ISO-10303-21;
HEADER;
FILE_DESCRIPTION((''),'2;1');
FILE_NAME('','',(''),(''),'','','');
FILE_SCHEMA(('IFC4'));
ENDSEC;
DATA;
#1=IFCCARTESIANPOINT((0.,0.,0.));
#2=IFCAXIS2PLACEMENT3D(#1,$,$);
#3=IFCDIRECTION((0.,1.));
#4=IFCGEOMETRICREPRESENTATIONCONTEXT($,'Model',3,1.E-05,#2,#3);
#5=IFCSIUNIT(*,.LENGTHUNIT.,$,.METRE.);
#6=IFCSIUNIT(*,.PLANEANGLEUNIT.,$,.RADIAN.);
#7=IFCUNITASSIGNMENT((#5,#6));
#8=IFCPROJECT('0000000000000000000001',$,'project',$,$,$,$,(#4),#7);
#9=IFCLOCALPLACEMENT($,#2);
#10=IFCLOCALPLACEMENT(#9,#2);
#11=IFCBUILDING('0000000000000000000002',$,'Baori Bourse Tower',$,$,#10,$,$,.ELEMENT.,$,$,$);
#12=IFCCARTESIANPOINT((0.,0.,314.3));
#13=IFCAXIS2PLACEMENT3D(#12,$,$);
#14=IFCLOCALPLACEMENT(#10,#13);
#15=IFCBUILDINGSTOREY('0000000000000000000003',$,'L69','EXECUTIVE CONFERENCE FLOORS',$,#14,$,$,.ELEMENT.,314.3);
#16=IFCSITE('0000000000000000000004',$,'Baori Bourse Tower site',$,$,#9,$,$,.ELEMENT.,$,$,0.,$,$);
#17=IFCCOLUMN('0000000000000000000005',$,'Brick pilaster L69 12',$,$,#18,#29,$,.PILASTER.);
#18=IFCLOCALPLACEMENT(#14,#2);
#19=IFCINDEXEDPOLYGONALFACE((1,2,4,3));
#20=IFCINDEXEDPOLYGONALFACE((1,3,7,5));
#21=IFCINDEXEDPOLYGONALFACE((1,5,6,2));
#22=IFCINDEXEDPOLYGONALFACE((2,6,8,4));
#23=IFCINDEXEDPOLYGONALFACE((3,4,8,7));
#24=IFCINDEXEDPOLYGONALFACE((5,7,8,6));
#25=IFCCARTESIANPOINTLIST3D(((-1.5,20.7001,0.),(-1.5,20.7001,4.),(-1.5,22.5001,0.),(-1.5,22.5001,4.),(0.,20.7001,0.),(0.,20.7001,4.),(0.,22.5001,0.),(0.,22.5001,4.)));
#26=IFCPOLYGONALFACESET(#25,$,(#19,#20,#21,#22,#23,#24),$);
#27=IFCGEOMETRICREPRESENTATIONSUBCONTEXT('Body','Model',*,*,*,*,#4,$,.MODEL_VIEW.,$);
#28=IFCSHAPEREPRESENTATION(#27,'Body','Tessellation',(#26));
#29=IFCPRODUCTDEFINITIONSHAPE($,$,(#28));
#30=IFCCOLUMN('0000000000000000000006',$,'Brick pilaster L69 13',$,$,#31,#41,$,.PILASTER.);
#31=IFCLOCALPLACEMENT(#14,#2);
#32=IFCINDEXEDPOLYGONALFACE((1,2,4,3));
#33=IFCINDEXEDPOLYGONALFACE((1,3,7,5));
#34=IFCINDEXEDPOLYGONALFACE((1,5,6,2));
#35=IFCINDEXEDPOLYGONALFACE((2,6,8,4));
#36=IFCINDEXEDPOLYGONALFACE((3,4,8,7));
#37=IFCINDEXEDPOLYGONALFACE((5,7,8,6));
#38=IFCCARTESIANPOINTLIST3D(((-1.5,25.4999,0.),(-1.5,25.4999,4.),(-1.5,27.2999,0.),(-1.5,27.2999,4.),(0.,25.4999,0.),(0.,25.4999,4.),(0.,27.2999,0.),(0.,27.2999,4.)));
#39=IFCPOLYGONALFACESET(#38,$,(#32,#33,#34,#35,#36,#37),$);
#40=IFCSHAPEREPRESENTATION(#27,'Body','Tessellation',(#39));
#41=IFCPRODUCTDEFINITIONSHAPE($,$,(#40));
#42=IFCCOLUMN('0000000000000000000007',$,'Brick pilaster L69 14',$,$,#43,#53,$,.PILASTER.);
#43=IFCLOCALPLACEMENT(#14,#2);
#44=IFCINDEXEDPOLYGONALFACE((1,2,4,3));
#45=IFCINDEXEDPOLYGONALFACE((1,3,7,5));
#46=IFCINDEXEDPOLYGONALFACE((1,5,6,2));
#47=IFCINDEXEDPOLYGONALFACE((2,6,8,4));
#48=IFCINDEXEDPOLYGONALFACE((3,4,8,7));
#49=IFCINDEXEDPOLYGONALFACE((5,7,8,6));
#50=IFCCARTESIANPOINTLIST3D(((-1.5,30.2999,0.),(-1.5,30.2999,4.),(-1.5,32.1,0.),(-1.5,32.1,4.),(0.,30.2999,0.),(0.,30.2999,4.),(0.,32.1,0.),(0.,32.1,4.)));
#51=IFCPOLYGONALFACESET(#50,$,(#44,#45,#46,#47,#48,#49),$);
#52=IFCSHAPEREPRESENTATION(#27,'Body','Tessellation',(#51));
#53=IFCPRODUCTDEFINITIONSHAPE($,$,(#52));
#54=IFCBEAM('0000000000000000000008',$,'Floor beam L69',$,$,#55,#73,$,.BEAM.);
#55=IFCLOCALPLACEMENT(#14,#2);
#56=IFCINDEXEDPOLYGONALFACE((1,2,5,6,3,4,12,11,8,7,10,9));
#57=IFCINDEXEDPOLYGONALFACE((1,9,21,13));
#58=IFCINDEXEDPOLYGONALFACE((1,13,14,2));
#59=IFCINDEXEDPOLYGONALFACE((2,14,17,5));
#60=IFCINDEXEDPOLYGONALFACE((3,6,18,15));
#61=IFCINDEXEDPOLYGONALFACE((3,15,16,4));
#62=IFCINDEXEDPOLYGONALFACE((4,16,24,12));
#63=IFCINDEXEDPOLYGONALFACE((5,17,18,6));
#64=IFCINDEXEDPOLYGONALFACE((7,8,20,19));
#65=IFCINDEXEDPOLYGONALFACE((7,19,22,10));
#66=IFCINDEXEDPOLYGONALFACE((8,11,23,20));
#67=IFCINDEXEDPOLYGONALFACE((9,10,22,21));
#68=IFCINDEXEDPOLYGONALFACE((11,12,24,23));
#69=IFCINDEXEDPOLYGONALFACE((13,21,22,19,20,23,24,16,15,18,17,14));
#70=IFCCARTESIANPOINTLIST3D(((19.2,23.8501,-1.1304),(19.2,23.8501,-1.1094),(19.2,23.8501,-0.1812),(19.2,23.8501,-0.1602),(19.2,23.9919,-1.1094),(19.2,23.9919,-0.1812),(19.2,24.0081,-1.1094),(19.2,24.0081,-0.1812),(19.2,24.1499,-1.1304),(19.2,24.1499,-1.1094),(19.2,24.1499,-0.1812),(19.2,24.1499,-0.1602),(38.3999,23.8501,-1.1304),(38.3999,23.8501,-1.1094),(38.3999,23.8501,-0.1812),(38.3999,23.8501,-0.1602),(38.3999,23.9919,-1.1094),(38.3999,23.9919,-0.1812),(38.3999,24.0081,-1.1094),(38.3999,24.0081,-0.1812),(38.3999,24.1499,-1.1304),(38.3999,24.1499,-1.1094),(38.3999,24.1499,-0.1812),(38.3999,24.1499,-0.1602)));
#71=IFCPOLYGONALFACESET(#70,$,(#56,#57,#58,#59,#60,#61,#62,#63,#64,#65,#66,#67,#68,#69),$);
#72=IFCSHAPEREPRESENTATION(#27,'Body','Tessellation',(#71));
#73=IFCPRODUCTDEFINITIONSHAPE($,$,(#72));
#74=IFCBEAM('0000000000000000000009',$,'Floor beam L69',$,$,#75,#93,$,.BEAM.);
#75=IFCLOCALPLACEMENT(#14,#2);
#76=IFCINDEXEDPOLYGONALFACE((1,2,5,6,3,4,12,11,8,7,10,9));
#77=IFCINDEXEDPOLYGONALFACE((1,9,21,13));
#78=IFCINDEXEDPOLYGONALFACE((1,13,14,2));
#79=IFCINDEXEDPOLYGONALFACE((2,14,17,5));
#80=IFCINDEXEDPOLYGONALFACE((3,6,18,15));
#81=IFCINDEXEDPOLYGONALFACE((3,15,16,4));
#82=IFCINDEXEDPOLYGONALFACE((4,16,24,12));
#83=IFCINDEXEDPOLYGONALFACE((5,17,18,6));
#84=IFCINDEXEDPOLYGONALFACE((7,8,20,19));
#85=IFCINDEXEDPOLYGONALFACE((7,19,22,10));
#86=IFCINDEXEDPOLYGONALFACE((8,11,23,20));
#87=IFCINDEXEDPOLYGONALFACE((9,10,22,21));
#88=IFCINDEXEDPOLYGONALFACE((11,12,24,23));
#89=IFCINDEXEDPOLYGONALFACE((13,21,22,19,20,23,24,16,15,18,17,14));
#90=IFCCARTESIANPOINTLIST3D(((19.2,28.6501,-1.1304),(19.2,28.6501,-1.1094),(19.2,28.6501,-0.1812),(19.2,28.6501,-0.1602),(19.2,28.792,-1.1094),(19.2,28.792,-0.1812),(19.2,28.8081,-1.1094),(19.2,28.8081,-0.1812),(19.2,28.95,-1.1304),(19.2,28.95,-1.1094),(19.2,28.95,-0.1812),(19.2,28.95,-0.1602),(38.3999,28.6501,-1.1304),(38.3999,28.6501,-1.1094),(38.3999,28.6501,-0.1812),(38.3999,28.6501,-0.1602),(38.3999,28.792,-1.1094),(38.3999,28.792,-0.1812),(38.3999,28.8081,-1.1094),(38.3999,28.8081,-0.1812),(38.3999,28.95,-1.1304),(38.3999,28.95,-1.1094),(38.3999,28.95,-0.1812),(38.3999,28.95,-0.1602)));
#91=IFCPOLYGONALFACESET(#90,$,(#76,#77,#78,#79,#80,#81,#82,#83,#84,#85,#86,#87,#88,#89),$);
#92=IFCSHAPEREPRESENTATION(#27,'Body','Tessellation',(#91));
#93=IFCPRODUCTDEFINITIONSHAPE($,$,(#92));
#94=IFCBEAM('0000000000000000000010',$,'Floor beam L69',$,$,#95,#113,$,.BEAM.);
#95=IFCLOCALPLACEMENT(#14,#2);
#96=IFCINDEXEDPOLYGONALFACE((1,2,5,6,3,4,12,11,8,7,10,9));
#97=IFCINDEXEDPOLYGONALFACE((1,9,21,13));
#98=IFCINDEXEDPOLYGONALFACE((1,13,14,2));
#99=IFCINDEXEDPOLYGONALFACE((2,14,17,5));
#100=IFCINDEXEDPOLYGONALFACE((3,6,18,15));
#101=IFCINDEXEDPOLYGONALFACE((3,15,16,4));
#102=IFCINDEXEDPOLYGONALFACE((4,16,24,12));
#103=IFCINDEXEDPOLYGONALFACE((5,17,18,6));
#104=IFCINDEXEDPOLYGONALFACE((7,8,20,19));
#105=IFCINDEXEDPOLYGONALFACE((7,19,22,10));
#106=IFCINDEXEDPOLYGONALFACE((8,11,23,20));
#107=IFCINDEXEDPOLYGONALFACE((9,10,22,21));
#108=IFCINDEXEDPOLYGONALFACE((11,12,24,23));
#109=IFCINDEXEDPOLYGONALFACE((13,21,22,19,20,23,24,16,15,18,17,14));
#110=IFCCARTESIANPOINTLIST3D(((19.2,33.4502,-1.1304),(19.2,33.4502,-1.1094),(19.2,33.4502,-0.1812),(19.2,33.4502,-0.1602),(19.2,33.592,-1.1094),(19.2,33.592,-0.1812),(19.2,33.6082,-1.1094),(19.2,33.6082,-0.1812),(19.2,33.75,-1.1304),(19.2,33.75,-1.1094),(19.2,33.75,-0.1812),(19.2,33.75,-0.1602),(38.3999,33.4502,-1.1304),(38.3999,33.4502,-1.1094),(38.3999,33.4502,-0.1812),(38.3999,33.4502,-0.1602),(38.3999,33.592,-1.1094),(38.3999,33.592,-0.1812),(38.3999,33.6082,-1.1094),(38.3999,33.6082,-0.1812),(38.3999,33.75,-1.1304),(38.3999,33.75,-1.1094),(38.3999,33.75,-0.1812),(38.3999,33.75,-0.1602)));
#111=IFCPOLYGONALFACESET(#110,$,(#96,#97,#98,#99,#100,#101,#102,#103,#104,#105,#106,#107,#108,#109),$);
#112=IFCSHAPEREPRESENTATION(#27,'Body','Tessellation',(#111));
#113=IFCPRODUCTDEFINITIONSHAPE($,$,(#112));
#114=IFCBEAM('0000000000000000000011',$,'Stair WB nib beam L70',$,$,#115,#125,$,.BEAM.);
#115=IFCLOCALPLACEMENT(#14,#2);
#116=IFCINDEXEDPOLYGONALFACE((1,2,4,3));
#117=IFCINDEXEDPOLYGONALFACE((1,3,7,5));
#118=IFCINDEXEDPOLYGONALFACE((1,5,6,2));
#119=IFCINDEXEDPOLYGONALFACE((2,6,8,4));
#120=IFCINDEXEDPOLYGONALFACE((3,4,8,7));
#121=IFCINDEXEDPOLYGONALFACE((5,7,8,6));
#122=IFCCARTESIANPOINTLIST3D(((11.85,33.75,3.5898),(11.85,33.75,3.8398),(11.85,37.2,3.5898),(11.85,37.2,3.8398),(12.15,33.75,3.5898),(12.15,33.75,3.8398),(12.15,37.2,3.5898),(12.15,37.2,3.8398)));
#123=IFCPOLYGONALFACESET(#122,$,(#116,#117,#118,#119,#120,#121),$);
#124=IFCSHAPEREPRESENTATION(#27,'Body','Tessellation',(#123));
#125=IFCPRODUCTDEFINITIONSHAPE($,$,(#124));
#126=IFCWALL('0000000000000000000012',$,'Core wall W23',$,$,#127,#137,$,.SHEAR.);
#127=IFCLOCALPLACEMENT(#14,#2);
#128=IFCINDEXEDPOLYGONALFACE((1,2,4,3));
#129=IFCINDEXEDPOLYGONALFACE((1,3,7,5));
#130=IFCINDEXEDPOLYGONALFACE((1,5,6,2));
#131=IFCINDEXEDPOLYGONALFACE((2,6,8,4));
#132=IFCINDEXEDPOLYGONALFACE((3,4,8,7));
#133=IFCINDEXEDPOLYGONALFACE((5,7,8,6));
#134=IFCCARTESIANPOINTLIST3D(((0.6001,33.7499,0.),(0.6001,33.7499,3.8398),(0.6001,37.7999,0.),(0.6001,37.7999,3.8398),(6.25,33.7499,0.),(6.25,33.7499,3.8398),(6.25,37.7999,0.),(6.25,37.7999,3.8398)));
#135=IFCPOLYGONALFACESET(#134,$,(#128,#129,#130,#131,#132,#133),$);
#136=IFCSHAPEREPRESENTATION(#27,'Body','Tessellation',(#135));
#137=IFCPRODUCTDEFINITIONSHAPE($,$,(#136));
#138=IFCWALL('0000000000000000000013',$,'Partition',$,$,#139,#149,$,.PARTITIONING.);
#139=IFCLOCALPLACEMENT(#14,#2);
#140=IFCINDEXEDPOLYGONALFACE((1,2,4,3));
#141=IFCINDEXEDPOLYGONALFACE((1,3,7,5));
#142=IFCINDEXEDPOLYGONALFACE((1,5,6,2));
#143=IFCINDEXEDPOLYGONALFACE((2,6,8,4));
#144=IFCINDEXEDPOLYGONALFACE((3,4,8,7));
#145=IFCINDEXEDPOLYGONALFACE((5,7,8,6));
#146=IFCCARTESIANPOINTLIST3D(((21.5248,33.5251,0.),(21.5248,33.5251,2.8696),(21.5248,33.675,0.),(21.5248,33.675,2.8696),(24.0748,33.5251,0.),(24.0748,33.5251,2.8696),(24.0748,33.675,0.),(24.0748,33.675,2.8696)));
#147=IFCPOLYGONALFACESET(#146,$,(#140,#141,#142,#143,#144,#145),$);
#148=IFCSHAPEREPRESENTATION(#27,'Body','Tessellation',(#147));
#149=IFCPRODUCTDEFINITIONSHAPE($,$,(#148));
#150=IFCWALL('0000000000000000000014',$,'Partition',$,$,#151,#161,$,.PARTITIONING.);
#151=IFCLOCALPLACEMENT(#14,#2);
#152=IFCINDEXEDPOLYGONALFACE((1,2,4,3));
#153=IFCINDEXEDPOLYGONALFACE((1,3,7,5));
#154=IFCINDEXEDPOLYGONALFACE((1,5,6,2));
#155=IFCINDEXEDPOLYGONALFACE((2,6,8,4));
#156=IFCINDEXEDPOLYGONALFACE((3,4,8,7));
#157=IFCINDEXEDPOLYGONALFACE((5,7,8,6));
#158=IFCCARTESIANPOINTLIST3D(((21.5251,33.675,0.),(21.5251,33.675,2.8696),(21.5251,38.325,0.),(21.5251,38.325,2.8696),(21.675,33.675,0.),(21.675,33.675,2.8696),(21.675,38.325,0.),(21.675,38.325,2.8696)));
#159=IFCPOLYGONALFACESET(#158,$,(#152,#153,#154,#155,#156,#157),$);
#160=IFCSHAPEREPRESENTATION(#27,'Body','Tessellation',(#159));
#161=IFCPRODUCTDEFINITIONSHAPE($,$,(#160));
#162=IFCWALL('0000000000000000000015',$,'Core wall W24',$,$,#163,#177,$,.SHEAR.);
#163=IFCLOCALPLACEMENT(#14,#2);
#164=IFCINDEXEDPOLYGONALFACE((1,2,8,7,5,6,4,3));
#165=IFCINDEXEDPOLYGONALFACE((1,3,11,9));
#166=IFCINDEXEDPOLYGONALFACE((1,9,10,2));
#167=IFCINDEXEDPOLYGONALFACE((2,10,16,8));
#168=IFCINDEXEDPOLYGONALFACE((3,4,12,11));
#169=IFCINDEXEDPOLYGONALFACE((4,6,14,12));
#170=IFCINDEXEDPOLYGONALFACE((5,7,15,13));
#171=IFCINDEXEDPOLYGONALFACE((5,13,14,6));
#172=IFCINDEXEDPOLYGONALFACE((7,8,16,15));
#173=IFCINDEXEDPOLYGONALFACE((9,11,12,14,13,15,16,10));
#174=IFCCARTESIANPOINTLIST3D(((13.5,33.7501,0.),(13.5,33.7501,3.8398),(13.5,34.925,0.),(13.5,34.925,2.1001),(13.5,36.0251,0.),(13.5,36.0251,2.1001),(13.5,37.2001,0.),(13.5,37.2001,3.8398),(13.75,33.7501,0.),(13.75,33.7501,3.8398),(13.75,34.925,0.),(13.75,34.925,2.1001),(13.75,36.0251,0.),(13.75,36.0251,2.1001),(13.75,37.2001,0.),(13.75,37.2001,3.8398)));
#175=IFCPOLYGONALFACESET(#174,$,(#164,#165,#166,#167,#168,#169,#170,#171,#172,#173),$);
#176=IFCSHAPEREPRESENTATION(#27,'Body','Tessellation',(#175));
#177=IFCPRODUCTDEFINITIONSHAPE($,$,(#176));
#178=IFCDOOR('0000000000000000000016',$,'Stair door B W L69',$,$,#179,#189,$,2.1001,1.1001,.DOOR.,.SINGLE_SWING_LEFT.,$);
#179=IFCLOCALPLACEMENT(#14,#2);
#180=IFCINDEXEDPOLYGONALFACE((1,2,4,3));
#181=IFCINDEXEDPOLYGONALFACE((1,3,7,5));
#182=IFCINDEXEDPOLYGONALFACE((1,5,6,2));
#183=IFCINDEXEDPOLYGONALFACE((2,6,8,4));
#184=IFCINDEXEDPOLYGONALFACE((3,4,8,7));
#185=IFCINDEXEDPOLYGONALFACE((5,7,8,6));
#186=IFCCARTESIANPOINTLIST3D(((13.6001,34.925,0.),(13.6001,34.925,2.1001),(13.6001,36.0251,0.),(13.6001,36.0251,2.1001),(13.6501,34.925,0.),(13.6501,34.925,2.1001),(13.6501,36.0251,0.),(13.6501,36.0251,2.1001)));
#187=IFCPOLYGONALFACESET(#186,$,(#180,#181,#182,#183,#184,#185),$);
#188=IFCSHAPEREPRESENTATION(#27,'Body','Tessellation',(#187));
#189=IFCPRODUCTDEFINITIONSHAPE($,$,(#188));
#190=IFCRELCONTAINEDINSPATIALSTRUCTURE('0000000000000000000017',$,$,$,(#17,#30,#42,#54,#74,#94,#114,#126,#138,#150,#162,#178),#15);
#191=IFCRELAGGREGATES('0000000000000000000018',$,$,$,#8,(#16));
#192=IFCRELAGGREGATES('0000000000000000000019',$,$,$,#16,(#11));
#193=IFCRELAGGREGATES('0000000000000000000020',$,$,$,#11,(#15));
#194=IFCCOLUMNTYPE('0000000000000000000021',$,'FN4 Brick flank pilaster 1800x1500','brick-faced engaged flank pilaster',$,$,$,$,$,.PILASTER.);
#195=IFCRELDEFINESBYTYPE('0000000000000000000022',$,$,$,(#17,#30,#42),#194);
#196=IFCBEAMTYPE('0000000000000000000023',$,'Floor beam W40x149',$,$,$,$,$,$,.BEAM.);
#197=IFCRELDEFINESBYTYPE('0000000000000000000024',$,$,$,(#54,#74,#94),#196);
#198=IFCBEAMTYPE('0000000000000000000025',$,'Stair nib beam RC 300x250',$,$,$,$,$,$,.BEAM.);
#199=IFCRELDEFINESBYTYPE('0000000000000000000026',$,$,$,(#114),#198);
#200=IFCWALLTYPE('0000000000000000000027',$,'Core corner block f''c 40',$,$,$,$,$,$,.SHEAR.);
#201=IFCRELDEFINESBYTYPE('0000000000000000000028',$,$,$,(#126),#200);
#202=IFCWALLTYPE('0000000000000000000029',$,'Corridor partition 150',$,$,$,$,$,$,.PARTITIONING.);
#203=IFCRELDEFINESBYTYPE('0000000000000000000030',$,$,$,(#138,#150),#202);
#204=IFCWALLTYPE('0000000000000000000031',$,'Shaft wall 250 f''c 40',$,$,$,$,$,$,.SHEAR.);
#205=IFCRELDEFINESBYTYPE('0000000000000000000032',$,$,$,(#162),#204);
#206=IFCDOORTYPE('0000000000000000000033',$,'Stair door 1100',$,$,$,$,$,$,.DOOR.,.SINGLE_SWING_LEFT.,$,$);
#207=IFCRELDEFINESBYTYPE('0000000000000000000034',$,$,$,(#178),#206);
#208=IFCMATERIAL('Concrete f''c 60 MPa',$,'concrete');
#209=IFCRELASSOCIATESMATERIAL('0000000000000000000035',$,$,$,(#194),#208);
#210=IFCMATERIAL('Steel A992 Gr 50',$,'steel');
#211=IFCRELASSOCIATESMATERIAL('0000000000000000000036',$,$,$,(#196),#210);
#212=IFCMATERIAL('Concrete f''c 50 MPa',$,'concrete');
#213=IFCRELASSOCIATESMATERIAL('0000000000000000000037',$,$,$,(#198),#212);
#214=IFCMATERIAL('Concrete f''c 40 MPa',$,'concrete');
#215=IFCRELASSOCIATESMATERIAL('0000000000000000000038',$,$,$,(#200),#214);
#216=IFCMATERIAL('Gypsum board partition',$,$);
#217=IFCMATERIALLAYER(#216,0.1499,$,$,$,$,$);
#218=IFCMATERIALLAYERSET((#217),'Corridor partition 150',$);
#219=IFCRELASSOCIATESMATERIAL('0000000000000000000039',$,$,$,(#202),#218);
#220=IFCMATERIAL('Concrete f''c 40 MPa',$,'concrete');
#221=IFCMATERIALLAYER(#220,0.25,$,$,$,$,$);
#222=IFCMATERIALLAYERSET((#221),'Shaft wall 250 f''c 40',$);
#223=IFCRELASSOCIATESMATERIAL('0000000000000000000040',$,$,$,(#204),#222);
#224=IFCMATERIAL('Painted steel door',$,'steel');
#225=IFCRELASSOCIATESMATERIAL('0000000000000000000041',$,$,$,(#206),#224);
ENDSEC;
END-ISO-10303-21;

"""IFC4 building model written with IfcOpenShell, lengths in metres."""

from ifc_helpers import new_model, si_unit, direction, frame, frame_2d, origin, origin_2d, place, context, subcontext, project, spatial, rectangle, i_section, extrude, material, layer, layer_set, material_profile, profile_set, type_object, element, fill, save


model = new_model("IFC4")

# Units and contexts
model_context = context("Model", 3, precision=1e-05, world=origin(), true_north=direction((0.0, 1.0)))
body_context = subcontext(model_context, "Body", "Model", "MODEL_VIEW")
ifc_project = project(units=[si_unit("LENGTHUNIT", "METRE"), si_unit("PLANEANGLEUNIT", "RADIAN")], contexts=[model_context])

# Site, building, storey
site_placement = place(None, origin())
site = spatial("IfcSite", under=ifc_project, at=site_placement, Name="Baori Bourse Tower site", CompositionType="ELEMENT", RefElevation=0.0)
building_placement = place(site_placement, origin())
building = spatial("IfcBuilding", under=site, at=building_placement, Name="Baori Bourse Tower", CompositionType="ELEMENT")
storey_placement = place(building_placement, frame((0.0, 0.0, 314.3)))
storey = spatial("IfcBuildingStorey", under=building, at=storey_placement, Name="L69", Description="EXECUTIVE CONFERENCE FLOORS", CompositionType="ELEMENT", Elevation=314.3)

# Columns
ifc_material_1 = material(Name="Concrete f'c 60 MPa", Category="concrete")
ifc_material_profile_1 = material_profile(ifc_material_1, rectangle(XDim=1.8, YDim=1.5, at=origin_2d()), Name="RC 1800x1500")
ifc_profile_set_1 = profile_set([ifc_material_profile_1], Name="Concrete f'c 60 MPa")
column_type = type_object("IfcColumnType", Name="FN4 Brick flank pilaster 1800x1500", Description="brick-faced engaged flank pilaster", PredefinedType="PILASTER", material=ifc_profile_set_1)
for number, where, z_axis, x_axis, name in (
    (1, (-0.75, 21.6001, 0.0), (0.0, 0.0, 1.0), (0.0, 1.0, 0.0), "Brick pilaster L69 12"),
    (2, (-0.75, 26.3999, 0.0), (0.0, 0.0, 1.0), (0.0, 1.0, 0.0), "Brick pilaster L69 13"),
    (3, (-0.75, 31.2, 0.0), (0.0, 0.0, 1.0), (0.0, 1.0, 0.0), "Brick pilaster L69 14"),
):
    element("IfcColumn", number, at=place(storey_placement, frame(where, z_axis=z_axis, x_axis=x_axis)), inside=storey, type_object=column_type, Name=name, PredefinedType="PILASTER", context=body_context, shape_type="SweptSolid", body=[
        extrude(rectangle(XDim=1.8, YDim=1.5, at=origin_2d()), origin(), (0.0, 0.0, 1.0), 4.0),
    ])

# Beams
ifc_material_2 = material(Name="Steel A992 Gr 50", Category="steel")
ifc_material_profile_2 = material_profile(ifc_material_2, i_section(OverallWidth=0.2998, OverallDepth=0.9702, WebThickness=0.0161, FlangeThickness=0.021, at=origin_2d()), Name="W40x149")
ifc_profile_set_2 = profile_set([ifc_material_profile_2], Name="Steel A992 Gr 50")
beam_type_1 = type_object("IfcBeamType", Name="Floor beam W40x149", PredefinedType="BEAM", material=ifc_profile_set_2)
for number, where, z_axis, x_axis, name in (
    (4, (19.2, 24.0, -0.6453), (1.0, 0.0, 0.0), (0.0, 1.0, 0.0), "Floor beam L69"),
    (5, (19.2, 28.8, -0.6453), (1.0, 0.0, 0.0), (0.0, 1.0, 0.0), "Floor beam L69"),
    (6, (19.2, 33.6001, -0.6453), (1.0, 0.0, 0.0), (0.0, 1.0, 0.0), "Floor beam L69"),
):
    element("IfcBeam", number, at=place(storey_placement, frame(where, z_axis=z_axis, x_axis=x_axis)), inside=storey, type_object=beam_type_1, Name=name, PredefinedType="BEAM", context=body_context, shape_type="SweptSolid", body=[
        extrude(i_section(OverallWidth=0.2998, OverallDepth=0.9702, WebThickness=0.0161, FlangeThickness=0.021, at=origin_2d()), origin(), (0.0, 0.0, 1.0), 19.2),
    ])
ifc_material_3 = material(Name="Concrete f'c 50 MPa", Category="concrete")
ifc_material_profile_3 = material_profile(ifc_material_3, rectangle(XDim=0.3, YDim=0.25, at=origin_2d()), Name="RC 300x250")
ifc_profile_set_3 = profile_set([ifc_material_profile_3], Name="Concrete f'c 50 MPa")
beam_type_2 = type_object("IfcBeamType", Name="Stair nib beam RC 300x250", PredefinedType="BEAM", material=ifc_profile_set_3)
beam_placement = place(storey_placement, frame((12.0, 33.75, 3.7148), z_axis=(0.0, 1.0, 0.0), x_axis=(-1.0, 0.0, 0.0)))
element("IfcBeam", 7, at=beam_placement, inside=storey, type_object=beam_type_2, Name="Stair WB nib beam L70", PredefinedType="BEAM", context=body_context, shape_type="SweptSolid", body=[
    extrude(rectangle(XDim=0.3, YDim=0.25, at=origin_2d()), origin(), (0.0, 0.0, 1.0), 3.45),
])

# Walls
ifc_material_4 = material(Name="Concrete f'c 40 MPa", Category="concrete")
wall_type_1 = type_object("IfcWallType", Name="Core corner block f'c 40", PredefinedType="SHEAR", material=ifc_material_4)
wall_1_placement = place(storey_placement, frame((0.6001, 35.7749, 0.0), z_axis=(0.0, 0.0, 1.0), x_axis=(1.0, 0.0, 0.0)))
element("IfcWall", 8, at=wall_1_placement, inside=storey, type_object=wall_type_1, Name="Core wall W23", PredefinedType="SHEAR", context=body_context, shape_type="SweptSolid", body=[
    extrude(rectangle(XDim=5.6499, YDim=4.05, at=frame_2d((2.825, 0.0))), origin(), (0.0, 0.0, 1.0), 3.8398),
])
ifc_material_5 = material(Name="Gypsum board partition")
ifc_layer_1 = layer(ifc_material_5, 0.1499)
ifc_layer_set_1 = layer_set([ifc_layer_1], Name="Corridor partition 150")
wall_type_2 = type_object("IfcWallType", Name="Corridor partition 150", PredefinedType="PARTITIONING", material=ifc_layer_set_1)
wall_2_placement = place(storey_placement, frame((21.5249, 33.6001, 0.0), z_axis=(0.0, 0.0, 1.0), x_axis=(1.0, 0.0, 0.0)))
element("IfcWall", 9, at=wall_2_placement, inside=storey, type_object=wall_type_2, Name="Partition", PredefinedType="PARTITIONING", context=body_context, shape_type="SweptSolid", body=[
    extrude(rectangle(XDim=2.55, YDim=0.1499, at=frame_2d((1.2749, 0.0))), origin(), (0.0, 0.0, 1.0), 2.8696),
])
wall_3_placement = place(storey_placement, frame((21.6001, 33.675, 0.0), z_axis=(0.0, 0.0, 1.0), x_axis=(0.0, 1.0, 0.0)))
element("IfcWall", 10, at=wall_3_placement, inside=storey, type_object=wall_type_2, Name="Partition", PredefinedType="PARTITIONING", context=body_context, shape_type="SweptSolid", body=[
    extrude(rectangle(XDim=4.6499, YDim=0.1499, at=frame_2d((2.325, 0.0))), origin(), (0.0, 0.0, 1.0), 2.8696),
])

# Wall, opening, door
ifc_material_6 = material(Name="Concrete f'c 40 MPa", Category="concrete")
ifc_layer_2 = layer(ifc_material_6, 0.25)
ifc_layer_set_2 = layer_set([ifc_layer_2], Name="Shaft wall 250 f'c 40")
wall_type_3 = type_object("IfcWallType", Name="Shaft wall 250 f'c 40", PredefinedType="SHEAR", material=ifc_layer_set_2)
wall_4_placement = place(storey_placement, frame((13.625, 33.75, 0.0), z_axis=(0.0, 0.0, 1.0), x_axis=(0.0, 1.0, 0.0)))
wall_4 = element("IfcWall", 11, at=wall_4_placement, inside=storey, type_object=wall_type_3, Name="Core wall W24", PredefinedType="SHEAR", context=body_context, shape_type="SweptSolid", body=[
    extrude(rectangle(XDim=3.45, YDim=0.25, at=frame_2d((1.7251, 0.0))), origin(), (0.0, 0.0, 1.0), 3.8398),
])
opening_1_placement = place(wall_4_placement, frame((1.175, 0.0, 0.0)))
opening_1 = element("IfcOpeningElement", 12, at=opening_1_placement, cuts=wall_4, PredefinedType="OPENING", context=body_context, shape_type="SweptSolid", body=[
    extrude(rectangle(XDim=1.1001, YDim=2.1001, at=frame_2d((0.55, 1.05))), frame((0.0, 0.135, 0.0), z_axis=(0.0, -1.0, 0.0), x_axis=(1.0, 0.0, 0.0)), (0.0, 0.0, 1.0), 0.27),
])
ifc_material_7 = material(Name="Painted steel door", Category="steel")
door_type_1 = type_object("IfcDoorType", Name="Stair door 1100", OperationType="SINGLE_SWING_LEFT", PredefinedType="DOOR", material=ifc_material_7)
door_1_placement = place(opening_1_placement, origin())
door_1 = element("IfcDoor", 13, at=door_1_placement, inside=storey, type_object=door_type_1, Name="Stair door B W L69", OperationType="SINGLE_SWING_LEFT", OverallHeight=2.1001, OverallWidth=1.1001, PredefinedType="DOOR", context=body_context, shape_type="SweptSolid", body=[
    extrude(rectangle(XDim=1.1001, YDim=2.1001, at=frame_2d((0.55, 1.05))), frame((0.0, 0.0249, 0.0), z_axis=(0.0, -1.0, 0.0), x_axis=(1.0, 0.0, 0.0)), (0.0, 0.0, 1.0), 0.05),
])
fill(opening_1, door_1)

save(model, "model.ifc")
